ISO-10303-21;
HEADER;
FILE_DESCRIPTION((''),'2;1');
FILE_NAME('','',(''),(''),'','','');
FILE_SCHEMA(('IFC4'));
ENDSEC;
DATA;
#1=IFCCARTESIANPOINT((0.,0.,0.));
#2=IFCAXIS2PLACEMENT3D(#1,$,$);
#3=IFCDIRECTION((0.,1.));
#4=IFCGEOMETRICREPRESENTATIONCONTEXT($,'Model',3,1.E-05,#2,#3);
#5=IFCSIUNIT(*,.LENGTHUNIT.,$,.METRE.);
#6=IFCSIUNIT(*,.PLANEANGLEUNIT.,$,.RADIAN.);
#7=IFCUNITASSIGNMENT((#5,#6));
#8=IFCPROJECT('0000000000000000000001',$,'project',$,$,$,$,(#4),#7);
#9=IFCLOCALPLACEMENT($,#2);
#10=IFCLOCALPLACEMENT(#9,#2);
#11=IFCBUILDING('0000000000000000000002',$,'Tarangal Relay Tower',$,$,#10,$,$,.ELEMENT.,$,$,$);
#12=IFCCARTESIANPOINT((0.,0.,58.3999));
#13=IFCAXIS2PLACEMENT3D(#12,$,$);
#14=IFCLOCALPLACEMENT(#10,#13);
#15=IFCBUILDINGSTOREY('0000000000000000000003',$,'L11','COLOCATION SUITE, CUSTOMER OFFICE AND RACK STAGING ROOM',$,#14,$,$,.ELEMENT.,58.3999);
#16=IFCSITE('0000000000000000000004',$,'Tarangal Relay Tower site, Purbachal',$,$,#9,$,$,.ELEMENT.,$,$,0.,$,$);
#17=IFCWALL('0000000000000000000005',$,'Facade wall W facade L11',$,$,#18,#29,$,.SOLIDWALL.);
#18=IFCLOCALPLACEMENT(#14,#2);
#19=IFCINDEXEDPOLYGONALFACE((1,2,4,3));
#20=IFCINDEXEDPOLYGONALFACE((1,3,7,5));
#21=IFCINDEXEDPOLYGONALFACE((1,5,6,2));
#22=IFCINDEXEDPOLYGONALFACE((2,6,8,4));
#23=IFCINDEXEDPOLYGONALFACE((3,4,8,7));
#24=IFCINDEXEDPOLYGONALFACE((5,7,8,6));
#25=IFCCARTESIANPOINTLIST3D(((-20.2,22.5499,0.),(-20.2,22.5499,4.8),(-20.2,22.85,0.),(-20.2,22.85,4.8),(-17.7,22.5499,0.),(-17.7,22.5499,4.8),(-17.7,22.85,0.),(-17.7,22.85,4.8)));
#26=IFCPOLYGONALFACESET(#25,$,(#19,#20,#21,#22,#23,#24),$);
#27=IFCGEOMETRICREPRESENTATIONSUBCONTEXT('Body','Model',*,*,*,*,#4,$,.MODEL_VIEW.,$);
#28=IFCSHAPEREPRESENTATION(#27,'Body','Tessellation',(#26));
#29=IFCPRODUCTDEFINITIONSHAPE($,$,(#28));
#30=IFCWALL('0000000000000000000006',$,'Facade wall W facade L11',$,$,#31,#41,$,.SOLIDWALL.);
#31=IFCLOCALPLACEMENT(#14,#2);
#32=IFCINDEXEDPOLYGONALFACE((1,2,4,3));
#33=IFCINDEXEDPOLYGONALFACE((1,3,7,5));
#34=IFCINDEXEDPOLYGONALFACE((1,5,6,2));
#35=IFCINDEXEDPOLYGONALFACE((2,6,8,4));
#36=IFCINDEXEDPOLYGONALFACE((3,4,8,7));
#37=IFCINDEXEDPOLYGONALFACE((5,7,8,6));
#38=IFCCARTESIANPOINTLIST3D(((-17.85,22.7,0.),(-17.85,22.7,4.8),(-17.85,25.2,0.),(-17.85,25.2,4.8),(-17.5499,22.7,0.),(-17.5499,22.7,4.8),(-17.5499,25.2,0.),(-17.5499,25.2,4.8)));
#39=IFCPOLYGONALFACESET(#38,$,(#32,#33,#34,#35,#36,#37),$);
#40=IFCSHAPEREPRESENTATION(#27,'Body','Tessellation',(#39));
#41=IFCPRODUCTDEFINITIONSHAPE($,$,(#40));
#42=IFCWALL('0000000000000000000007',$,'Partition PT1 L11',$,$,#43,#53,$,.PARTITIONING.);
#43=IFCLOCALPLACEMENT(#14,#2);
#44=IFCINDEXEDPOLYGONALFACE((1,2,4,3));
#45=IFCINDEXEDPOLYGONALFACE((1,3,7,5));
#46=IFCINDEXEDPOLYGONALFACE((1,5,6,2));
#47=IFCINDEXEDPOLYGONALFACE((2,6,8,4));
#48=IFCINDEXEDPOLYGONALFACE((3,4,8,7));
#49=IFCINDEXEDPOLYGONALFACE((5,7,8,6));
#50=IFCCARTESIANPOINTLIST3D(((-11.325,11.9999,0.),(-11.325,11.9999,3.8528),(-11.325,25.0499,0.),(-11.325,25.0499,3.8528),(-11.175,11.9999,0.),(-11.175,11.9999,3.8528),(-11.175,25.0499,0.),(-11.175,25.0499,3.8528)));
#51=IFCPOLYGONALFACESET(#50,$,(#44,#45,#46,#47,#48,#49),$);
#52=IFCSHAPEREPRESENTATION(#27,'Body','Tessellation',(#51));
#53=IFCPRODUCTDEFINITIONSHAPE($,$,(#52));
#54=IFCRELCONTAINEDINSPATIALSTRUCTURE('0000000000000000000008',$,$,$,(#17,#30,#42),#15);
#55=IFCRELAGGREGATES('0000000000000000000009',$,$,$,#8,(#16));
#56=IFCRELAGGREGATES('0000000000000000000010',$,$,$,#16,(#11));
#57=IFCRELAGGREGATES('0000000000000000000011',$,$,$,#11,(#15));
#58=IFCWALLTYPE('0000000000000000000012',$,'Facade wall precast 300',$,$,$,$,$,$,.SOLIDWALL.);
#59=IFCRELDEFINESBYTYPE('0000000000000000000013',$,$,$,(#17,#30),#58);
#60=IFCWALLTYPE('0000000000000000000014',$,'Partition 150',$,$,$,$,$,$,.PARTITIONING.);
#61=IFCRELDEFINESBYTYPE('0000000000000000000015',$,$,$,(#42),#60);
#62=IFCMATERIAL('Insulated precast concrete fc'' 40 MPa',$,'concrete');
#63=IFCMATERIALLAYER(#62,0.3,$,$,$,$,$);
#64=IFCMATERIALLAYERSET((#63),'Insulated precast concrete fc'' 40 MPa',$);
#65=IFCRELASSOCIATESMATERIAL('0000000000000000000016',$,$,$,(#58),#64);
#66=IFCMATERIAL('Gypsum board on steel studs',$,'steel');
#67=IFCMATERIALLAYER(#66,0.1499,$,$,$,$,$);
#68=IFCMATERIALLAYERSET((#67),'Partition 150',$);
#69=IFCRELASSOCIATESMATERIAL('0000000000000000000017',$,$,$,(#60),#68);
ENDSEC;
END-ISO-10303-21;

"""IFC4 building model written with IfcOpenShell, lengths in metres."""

from ifc_helpers import new_model, si_unit, direction, frame, frame_2d, origin, place, context, subcontext, project, spatial, rectangle, extrude, material, layer, layer_set, type_object, element, save


model = new_model("IFC4")

# Units and contexts
model_context = context("Model", 3, precision=1e-05, world=origin(), true_north=direction((0.0, 1.0)))
body_context = subcontext(model_context, "Body", "Model", "MODEL_VIEW")
ifc_project = project(units=[si_unit("LENGTHUNIT", "METRE"), si_unit("PLANEANGLEUNIT", "RADIAN")], contexts=[model_context])

# Site, building, storey
site_placement = place(None, origin())
site = spatial("IfcSite", under=ifc_project, at=site_placement, Name="Tarangal Relay Tower site, Purbachal", CompositionType="ELEMENT", RefElevation=0.0)
building_placement = place(site_placement, origin())
building = spatial("IfcBuilding", under=site, at=building_placement, Name="Tarangal Relay Tower", CompositionType="ELEMENT")
storey_placement = place(building_placement, frame((0.0, 0.0, 58.3999)))
storey = spatial("IfcBuildingStorey", under=building, at=storey_placement, Name="L11", Description="COLOCATION SUITE, CUSTOMER OFFICE AND RACK STAGING ROOM", CompositionType="ELEMENT", Elevation=58.3999)

# Shared definitions
ifc_material_1 = material(Name="Insulated precast concrete fc' 40 MPa", Category="concrete")
ifc_layer_1 = layer(ifc_material_1, 0.3)
ifc_layer_set_1 = layer_set([ifc_layer_1], Name="Insulated precast concrete fc' 40 MPa")
wall_type_1 = type_object("IfcWallType", Name="Facade wall precast 300", PredefinedType="SOLIDWALL", material=ifc_layer_set_1)

# Walls
for number, where, z_axis, x_axis, name in (
    (1, (-20.2, 22.7, 0.0), (0.0, 0.0, 1.0), (1.0, 0.0, 0.0), "Facade wall W facade L11"),
    (2, (-17.7, 22.7, 0.0), (0.0, 0.0, 1.0), (0.0, 1.0, 0.0), "Facade wall W facade L11"),
):
    element("IfcWall", number, at=place(storey_placement, frame(where, z_axis=z_axis, x_axis=x_axis)), inside=storey, type_object=wall_type_1, Name=name, PredefinedType="SOLIDWALL", context=body_context, shape_type="SweptSolid", body=[
        extrude(rectangle(XDim=2.5, YDim=0.3, at=frame_2d((1.25, 0.0))), origin(), (0.0, 0.0, 1.0), 4.8),
    ])
ifc_material_2 = material(Name="Gypsum board on steel studs", Category="steel")
ifc_layer_2 = layer(ifc_material_2, 0.1499)
ifc_layer_set_2 = layer_set([ifc_layer_2], Name="Partition 150")
wall_type_2 = type_object("IfcWallType", Name="Partition 150", PredefinedType="PARTITIONING", material=ifc_layer_set_2)
wall_1_placement = place(storey_placement, frame((-11.25, 12.0, 0.0), z_axis=(0.0, 0.0, 1.0), x_axis=(0.0, 1.0, 0.0)))
element("IfcWall", 3, at=wall_1_placement, inside=storey, type_object=wall_type_2, Name="Partition PT1 L11", PredefinedType="PARTITIONING", context=body_context, shape_type="SweptSolid", body=[
    extrude(rectangle(XDim=13.05, YDim=0.1499, at=frame_2d((6.5249, 0.0))), origin(), (0.0, 0.0, 1.0), 3.8528),
])

save(model, "model.ifc")
